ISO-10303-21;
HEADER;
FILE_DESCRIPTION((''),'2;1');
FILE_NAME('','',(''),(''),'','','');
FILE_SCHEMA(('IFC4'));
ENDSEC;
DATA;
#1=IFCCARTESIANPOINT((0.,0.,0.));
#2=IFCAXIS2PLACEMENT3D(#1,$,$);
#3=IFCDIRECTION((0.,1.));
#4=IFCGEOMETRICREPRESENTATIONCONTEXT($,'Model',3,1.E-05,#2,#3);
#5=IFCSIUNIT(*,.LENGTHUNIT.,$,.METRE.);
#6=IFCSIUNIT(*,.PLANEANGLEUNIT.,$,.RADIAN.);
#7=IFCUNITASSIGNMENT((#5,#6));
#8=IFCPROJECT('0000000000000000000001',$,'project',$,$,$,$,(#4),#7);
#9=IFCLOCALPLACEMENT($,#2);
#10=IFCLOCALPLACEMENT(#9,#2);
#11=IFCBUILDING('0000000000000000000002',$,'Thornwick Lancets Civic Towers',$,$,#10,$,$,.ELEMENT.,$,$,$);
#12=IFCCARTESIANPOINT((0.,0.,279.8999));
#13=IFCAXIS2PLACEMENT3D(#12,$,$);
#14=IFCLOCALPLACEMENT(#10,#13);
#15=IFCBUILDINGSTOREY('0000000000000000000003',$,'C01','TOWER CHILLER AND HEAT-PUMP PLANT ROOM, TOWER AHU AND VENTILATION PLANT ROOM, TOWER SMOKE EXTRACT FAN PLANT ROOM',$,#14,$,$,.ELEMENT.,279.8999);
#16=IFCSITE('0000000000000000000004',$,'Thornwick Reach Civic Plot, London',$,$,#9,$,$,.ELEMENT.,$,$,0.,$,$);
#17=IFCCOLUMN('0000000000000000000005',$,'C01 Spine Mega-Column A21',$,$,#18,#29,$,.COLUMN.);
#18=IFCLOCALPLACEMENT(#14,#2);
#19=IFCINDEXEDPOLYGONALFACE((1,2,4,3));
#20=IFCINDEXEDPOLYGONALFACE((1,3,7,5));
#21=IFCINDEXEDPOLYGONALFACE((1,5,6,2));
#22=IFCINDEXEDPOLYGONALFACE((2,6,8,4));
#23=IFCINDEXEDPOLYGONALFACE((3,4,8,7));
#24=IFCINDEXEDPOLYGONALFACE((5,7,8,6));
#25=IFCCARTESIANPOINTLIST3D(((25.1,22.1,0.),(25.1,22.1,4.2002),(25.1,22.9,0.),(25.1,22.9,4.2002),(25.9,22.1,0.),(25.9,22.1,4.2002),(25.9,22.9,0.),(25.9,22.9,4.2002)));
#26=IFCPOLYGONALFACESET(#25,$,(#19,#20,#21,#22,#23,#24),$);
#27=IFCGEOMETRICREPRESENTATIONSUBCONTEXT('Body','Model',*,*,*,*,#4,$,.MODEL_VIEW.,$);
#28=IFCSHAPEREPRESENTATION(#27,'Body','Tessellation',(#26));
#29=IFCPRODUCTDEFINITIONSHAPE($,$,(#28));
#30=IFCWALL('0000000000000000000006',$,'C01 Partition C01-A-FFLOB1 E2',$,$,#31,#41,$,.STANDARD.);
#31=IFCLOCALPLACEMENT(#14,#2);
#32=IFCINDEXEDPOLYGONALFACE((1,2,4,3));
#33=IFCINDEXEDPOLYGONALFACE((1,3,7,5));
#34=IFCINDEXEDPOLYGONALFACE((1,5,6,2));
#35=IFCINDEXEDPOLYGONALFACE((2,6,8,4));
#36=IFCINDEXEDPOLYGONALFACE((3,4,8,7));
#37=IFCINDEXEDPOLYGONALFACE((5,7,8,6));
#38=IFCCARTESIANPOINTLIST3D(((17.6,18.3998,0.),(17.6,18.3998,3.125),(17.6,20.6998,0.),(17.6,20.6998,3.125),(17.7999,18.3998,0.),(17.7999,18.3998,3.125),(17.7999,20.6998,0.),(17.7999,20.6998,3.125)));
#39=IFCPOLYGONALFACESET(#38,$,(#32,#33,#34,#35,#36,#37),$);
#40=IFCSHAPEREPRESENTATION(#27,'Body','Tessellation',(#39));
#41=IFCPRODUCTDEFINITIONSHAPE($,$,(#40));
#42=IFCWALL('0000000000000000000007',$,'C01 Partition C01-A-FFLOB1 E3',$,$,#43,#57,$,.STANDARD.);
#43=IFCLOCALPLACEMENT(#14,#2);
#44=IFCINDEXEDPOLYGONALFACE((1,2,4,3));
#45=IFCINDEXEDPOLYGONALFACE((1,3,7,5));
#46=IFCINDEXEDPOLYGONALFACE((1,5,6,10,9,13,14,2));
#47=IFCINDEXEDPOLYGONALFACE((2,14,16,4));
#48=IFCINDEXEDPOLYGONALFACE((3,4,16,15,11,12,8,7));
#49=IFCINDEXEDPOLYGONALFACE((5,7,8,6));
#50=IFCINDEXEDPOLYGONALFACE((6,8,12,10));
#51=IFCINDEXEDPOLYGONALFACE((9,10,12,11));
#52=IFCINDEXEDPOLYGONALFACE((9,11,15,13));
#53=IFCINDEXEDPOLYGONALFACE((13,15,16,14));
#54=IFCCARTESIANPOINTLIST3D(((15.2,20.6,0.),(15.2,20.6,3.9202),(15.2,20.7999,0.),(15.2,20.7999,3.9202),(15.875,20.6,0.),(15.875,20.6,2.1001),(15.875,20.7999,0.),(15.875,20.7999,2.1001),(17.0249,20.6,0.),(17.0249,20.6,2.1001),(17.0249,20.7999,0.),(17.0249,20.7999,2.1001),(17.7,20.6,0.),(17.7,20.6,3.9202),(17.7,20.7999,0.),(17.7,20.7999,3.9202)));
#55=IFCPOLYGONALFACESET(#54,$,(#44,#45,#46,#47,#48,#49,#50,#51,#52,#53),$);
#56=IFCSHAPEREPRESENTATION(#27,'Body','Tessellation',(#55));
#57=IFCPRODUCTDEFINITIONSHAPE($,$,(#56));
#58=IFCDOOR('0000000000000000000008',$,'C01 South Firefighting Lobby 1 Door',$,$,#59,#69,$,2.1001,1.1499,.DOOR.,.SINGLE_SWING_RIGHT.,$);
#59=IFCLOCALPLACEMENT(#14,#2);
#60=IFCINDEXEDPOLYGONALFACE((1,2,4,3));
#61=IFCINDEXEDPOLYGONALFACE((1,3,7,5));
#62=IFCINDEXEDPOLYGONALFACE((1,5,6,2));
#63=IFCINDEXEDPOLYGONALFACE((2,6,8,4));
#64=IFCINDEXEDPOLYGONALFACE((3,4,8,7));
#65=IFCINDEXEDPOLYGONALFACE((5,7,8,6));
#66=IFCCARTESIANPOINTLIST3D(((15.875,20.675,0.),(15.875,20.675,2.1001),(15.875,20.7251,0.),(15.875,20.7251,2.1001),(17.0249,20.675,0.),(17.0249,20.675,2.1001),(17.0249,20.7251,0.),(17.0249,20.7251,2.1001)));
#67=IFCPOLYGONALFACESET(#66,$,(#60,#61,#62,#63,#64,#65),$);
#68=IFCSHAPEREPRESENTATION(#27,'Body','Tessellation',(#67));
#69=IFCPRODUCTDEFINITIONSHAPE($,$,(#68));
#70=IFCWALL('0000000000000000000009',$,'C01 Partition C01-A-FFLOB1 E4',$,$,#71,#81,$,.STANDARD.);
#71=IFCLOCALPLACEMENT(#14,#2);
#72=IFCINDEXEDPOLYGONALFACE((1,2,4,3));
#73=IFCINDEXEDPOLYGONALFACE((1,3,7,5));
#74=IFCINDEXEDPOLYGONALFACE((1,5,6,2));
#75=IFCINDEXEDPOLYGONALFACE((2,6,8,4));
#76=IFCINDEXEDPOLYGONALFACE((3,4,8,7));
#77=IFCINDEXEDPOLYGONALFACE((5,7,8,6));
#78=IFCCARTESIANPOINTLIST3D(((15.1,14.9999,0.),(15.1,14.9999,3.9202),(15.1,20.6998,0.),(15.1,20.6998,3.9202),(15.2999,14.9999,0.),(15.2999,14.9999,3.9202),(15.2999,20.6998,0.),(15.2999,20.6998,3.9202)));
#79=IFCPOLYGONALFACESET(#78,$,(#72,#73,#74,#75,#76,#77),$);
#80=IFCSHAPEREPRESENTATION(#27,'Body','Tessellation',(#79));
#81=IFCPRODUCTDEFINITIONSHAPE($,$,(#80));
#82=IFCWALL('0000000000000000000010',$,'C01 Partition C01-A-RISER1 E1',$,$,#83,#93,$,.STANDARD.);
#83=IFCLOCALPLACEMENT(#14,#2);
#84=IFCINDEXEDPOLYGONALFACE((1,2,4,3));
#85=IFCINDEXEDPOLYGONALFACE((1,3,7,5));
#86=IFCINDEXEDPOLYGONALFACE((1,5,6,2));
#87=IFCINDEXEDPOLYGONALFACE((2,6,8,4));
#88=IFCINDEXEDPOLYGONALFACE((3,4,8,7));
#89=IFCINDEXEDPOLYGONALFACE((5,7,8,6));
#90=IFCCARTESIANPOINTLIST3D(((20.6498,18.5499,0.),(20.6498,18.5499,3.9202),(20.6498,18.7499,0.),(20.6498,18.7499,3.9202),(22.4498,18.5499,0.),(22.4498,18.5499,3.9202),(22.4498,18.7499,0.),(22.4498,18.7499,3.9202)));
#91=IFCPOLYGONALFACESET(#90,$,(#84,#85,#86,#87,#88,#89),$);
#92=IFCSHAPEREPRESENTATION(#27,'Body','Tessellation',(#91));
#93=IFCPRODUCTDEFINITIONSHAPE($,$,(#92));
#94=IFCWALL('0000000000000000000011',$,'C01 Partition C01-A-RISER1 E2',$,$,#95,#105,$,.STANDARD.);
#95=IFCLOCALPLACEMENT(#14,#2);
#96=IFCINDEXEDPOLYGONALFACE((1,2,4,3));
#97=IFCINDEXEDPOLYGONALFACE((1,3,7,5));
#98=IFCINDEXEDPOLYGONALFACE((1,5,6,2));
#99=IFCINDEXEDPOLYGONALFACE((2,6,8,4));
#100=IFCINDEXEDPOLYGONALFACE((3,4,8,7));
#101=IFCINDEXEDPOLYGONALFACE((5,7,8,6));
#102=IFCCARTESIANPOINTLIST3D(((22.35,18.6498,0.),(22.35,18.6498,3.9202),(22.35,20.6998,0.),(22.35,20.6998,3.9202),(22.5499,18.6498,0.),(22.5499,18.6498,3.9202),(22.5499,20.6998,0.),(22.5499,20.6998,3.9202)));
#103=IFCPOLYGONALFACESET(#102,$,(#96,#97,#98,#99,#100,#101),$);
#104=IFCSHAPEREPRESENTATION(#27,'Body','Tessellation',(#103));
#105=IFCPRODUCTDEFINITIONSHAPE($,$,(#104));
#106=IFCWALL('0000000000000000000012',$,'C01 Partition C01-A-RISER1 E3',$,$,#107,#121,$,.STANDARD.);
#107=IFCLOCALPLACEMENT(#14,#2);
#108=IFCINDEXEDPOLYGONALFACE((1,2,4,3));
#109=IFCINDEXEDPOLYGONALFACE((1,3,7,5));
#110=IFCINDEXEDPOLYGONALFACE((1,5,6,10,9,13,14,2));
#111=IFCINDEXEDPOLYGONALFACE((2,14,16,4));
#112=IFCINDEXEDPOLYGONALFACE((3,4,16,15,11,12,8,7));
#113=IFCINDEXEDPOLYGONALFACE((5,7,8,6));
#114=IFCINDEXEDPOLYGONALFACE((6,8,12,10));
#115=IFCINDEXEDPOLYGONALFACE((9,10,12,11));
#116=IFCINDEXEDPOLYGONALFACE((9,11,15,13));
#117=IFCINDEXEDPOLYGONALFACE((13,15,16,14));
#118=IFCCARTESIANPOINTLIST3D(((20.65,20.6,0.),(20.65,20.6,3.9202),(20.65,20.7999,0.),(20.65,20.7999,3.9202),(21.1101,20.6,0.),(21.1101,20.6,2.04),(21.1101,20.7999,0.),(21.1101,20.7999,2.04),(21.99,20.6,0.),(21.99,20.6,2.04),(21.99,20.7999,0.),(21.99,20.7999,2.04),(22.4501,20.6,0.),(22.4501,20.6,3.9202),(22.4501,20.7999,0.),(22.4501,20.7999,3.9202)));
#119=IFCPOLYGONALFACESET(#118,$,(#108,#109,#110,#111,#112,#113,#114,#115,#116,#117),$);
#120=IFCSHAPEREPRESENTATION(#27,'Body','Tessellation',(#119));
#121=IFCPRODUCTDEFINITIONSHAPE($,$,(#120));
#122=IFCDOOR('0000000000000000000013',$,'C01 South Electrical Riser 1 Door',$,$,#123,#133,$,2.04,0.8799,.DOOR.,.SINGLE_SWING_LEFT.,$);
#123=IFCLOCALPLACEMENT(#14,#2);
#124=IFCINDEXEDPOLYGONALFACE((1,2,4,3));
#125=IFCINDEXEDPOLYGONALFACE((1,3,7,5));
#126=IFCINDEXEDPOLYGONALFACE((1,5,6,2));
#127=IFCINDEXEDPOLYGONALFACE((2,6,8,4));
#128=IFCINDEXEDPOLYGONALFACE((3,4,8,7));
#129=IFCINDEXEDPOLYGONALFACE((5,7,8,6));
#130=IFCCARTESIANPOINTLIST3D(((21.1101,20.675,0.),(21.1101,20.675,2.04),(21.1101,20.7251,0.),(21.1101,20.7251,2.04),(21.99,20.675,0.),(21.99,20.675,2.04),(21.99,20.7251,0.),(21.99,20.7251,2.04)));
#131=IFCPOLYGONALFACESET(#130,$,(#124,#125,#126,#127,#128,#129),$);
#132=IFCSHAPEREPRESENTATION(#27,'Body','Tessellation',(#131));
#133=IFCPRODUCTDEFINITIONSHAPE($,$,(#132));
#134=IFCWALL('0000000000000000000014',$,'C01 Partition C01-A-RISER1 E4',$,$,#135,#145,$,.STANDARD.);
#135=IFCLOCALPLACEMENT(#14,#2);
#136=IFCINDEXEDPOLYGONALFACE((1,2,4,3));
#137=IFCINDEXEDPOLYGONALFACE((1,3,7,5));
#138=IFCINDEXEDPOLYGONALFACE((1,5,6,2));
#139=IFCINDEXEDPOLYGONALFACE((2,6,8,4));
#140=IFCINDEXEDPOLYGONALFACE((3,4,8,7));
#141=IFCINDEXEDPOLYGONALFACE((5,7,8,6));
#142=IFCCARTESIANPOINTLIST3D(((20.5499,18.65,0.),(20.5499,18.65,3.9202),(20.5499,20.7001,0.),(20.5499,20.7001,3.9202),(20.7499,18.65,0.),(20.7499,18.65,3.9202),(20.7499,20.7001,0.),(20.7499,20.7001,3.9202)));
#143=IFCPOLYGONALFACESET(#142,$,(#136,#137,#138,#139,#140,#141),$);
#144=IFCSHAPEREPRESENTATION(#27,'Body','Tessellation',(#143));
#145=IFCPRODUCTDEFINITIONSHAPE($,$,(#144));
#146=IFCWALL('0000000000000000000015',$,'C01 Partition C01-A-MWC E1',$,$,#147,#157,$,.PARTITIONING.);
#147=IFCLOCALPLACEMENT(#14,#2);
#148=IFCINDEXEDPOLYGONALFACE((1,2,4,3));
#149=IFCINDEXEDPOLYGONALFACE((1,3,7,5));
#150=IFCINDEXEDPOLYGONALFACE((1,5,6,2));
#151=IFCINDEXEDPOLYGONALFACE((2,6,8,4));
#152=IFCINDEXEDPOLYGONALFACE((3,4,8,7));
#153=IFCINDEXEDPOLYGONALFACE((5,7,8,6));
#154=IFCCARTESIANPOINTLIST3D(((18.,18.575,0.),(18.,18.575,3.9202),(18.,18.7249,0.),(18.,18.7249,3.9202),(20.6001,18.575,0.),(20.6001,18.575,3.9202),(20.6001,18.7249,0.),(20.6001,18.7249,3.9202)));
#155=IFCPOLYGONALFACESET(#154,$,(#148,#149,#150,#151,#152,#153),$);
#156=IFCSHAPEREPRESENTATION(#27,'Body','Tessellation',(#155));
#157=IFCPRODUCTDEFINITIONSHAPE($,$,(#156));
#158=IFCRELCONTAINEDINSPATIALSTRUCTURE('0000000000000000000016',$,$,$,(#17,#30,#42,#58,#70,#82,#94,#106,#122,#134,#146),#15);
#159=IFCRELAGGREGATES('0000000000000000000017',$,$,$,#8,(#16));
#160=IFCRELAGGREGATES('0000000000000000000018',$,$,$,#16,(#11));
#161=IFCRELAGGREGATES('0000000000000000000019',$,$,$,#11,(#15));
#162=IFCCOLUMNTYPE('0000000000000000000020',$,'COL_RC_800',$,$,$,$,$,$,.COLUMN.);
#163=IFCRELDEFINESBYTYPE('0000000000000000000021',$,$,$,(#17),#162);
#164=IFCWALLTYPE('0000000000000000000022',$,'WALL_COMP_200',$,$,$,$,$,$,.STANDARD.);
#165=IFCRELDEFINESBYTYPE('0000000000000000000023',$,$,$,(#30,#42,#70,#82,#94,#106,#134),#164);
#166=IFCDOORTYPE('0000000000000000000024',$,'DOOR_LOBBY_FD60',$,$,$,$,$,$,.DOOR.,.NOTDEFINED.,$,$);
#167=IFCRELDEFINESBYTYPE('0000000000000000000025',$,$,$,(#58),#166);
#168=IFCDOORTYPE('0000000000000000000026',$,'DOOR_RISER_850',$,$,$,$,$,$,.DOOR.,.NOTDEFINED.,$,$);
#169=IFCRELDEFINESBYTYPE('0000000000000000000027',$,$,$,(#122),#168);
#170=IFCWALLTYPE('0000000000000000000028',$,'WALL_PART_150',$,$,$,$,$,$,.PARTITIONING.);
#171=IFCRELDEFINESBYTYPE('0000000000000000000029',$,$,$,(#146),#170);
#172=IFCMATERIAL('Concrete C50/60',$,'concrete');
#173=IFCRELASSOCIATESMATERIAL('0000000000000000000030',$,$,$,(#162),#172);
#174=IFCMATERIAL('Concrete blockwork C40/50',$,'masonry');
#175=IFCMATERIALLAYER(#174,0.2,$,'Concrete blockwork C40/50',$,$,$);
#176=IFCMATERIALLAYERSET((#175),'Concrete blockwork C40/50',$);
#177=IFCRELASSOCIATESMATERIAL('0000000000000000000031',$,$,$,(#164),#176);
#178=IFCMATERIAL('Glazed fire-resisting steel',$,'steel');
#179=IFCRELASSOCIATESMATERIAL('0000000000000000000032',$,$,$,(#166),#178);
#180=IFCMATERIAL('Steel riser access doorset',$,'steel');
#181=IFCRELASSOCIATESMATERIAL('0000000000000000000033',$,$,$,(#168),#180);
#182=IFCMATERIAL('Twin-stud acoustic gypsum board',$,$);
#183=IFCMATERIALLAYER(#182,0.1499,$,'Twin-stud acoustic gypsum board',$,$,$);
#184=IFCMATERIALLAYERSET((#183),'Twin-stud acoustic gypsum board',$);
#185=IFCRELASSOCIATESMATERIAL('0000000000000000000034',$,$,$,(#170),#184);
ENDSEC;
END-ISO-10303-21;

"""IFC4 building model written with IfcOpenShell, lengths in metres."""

from ifc_helpers import new_model, si_unit, direction, frame, frame_2d, origin, origin_2d, place, context, subcontext, project, spatial, rectangle, extrude, material, layer, layer_set, material_profile, profile_set, type_object, element, fill, save


model = new_model("IFC4")

# Units and contexts
model_context = context("Model", 3, precision=1e-05, world=origin(), true_north=direction((0.0, 1.0)))
body_context = subcontext(model_context, "Body", "Model", "MODEL_VIEW")
ifc_project = project(units=[si_unit("LENGTHUNIT", "METRE"), si_unit("PLANEANGLEUNIT", "RADIAN")], contexts=[model_context])

# Site, building, storey
site_placement = place(None, origin())
site = spatial("IfcSite", under=ifc_project, at=site_placement, Name="Thornwick Reach Civic Plot, London", CompositionType="ELEMENT", RefElevation=0.0)
building_placement = place(site_placement, origin())
building = spatial("IfcBuilding", under=site, at=building_placement, Name="Thornwick Lancets Civic Towers", CompositionType="ELEMENT")
storey_placement = place(building_placement, frame((0.0, 0.0, 279.8999)))
storey = spatial("IfcBuildingStorey", under=building, at=storey_placement, Name="C01", Description="TOWER CHILLER AND HEAT-PUMP PLANT ROOM, TOWER AHU AND VENTILATION PLANT ROOM, TOWER SMOKE EXTRACT FAN PLANT ROOM", CompositionType="ELEMENT", Elevation=279.8999)

# Column
ifc_material_1 = material(Name="Concrete C50/60", Category="concrete")
ifc_material_profile = material_profile(ifc_material_1, rectangle(XDim=0.8, YDim=0.8, at=origin_2d()), Name="RC 800x800")
ifc_profile_set = profile_set([ifc_material_profile], Name="Concrete C50/60")
column_type = type_object("IfcColumnType", Name="COL_RC_800", PredefinedType="COLUMN", material=ifc_profile_set)
column_placement = place(storey_placement, frame((25.5, 22.5, 0.0), z_axis=(0.0, 0.0, 1.0), x_axis=(1.0, 0.0, 0.0)))
element("IfcColumn", 1, at=column_placement, inside=storey, type_object=column_type, Name="C01 Spine Mega-Column A21", PredefinedType="COLUMN", context=body_context, shape_type="SweptSolid", body=[
    extrude(rectangle(XDim=0.8, YDim=0.8, at=origin_2d()), origin(), (0.0, 0.0, 1.0), 4.2002),
])

# Wall
ifc_material_2 = material(Name="Concrete blockwork C40/50", Category="masonry")
ifc_layer_1 = layer(ifc_material_2, 0.2, Name="Concrete blockwork C40/50")
ifc_layer_set_1 = layer_set([ifc_layer_1], Name="Concrete blockwork C40/50")
wall_type_1 = type_object("IfcWallType", Name="WALL_COMP_200", PredefinedType="STANDARD", material=ifc_layer_set_1)
wall_1_placement = place(storey_placement, frame((17.7, 18.3999, 0.0), z_axis=(0.0, 0.0, 1.0), x_axis=(0.0, 1.0, 0.0)))
element("IfcWall", 2, at=wall_1_placement, inside=storey, type_object=wall_type_1, Name="C01 Partition C01-A-FFLOB1 E2", PredefinedType="STANDARD", context=body_context, shape_type="SweptSolid", body=[
    extrude(rectangle(XDim=2.3, YDim=0.2, at=frame_2d((1.1499, 0.0))), origin(), (0.0, 0.0, 1.0), 3.125),
])

# Wall, opening, door
wall_2_placement = place(storey_placement, frame((17.7, 20.7, 0.0), z_axis=(0.0, 0.0, 1.0), x_axis=(-1.0, 0.0, 0.0)))
wall_2 = element("IfcWall", 3, at=wall_2_placement, inside=storey, type_object=wall_type_1, Name="C01 Partition C01-A-FFLOB1 E3", PredefinedType="STANDARD", context=body_context, shape_type="SweptSolid", body=[
    extrude(rectangle(XDim=2.5, YDim=0.2, at=frame_2d((1.25, 0.0))), origin(), (0.0, 0.0, 1.0), 3.9202),
])
opening_1_placement = place(wall_2_placement, frame((0.675, 0.0, 0.0)))
opening_1 = element("IfcOpeningElement", 4, at=opening_1_placement, cuts=wall_2, PredefinedType="OPENING", context=body_context, shape_type="SweptSolid", body=[
    extrude(rectangle(XDim=1.1499, YDim=2.1001, at=frame_2d((0.575, 1.05))), frame((0.0, 0.1099, 0.0), z_axis=(0.0, -1.0, 0.0), x_axis=(1.0, 0.0, 0.0)), (0.0, 0.0, 1.0), 0.22),
])
ifc_material_3 = material(Name="Glazed fire-resisting steel", Category="steel")
door_type_1 = type_object("IfcDoorType", Name="DOOR_LOBBY_FD60", OperationType="NOTDEFINED", PredefinedType="DOOR", material=ifc_material_3)
door_1_placement = place(opening_1_placement, origin())
door_1 = element("IfcDoor", 5, at=door_1_placement, inside=storey, type_object=door_type_1, Name="C01 South Firefighting Lobby 1 Door", OperationType="SINGLE_SWING_RIGHT", OverallHeight=2.1001, OverallWidth=1.1499, PredefinedType="DOOR", context=body_context, shape_type="SweptSolid", body=[
    extrude(rectangle(XDim=1.1499, YDim=2.1001, at=frame_2d((0.575, 1.05))), frame((0.0, 0.0249, 0.0), z_axis=(0.0, -1.0, 0.0), x_axis=(1.0, 0.0, 0.0)), (0.0, 0.0, 1.0), 0.05),
])
fill(opening_1, door_1)

# Walls
wall_3_placement = place(storey_placement, frame((15.2, 20.7, 0.0), z_axis=(0.0, 0.0, 1.0), x_axis=(0.0, -1.0, 0.0)))
element("IfcWall", 6, at=wall_3_placement, inside=storey, type_object=wall_type_1, Name="C01 Partition C01-A-FFLOB1 E4", PredefinedType="STANDARD", context=body_context, shape_type="SweptSolid", body=[
    extrude(rectangle(XDim=5.7, YDim=0.2, at=frame_2d((2.8501, 0.0))), origin(), (0.0, 0.0, 1.0), 3.9202),
])
wall_4_placement = place(storey_placement, frame((20.6499, 18.6499, 0.0), z_axis=(0.0, 0.0, 1.0), x_axis=(1.0, 0.0, 0.0)))
element("IfcWall", 7, at=wall_4_placement, inside=storey, type_object=wall_type_1, Name="C01 Partition C01-A-RISER1 E1", PredefinedType="STANDARD", context=body_context, shape_type="SweptSolid", body=[
    extrude(rectangle(XDim=1.8, YDim=0.2, at=frame_2d((0.8999, 0.0))), origin(), (0.0, 0.0, 1.0), 3.9202),
])
wall_5_placement = place(storey_placement, frame((22.45, 18.6499, 0.0), z_axis=(0.0, 0.0, 1.0), x_axis=(0.0, 1.0, 0.0)))
element("IfcWall", 8, at=wall_5_placement, inside=storey, type_object=wall_type_1, Name="C01 Partition C01-A-RISER1 E2", PredefinedType="STANDARD", context=body_context, shape_type="SweptSolid", body=[
    extrude(rectangle(XDim=2.05, YDim=0.2, at=frame_2d((1.0249, 0.0))), origin(), (0.0, 0.0, 1.0), 3.9202),
])

# Wall, opening, door
wall_6_placement = place(storey_placement, frame((22.45, 20.7, 0.0), z_axis=(0.0, 0.0, 1.0), x_axis=(-1.0, 0.0, 0.0)))
wall_6 = element("IfcWall", 9, at=wall_6_placement, inside=storey, type_object=wall_type_1, Name="C01 Partition C01-A-RISER1 E3", PredefinedType="STANDARD", context=body_context, shape_type="SweptSolid", body=[
    extrude(rectangle(XDim=1.8, YDim=0.2, at=frame_2d((0.8999, 0.0))), origin(), (0.0, 0.0, 1.0), 3.9202),
])
opening_2_placement = place(wall_6_placement, frame((0.46, 0.0, 0.0)))
opening_2 = element("IfcOpeningElement", 10, at=opening_2_placement, cuts=wall_6, PredefinedType="OPENING", context=body_context, shape_type="SweptSolid", body=[
    extrude(rectangle(XDim=0.8799, YDim=2.04, at=frame_2d((0.4399, 1.02))), frame((0.0, 0.1099, 0.0), z_axis=(0.0, -1.0, 0.0), x_axis=(1.0, 0.0, 0.0)), (0.0, 0.0, 1.0), 0.22),
])
ifc_material_4 = material(Name="Steel riser access doorset", Category="steel")
door_type_2 = type_object("IfcDoorType", Name="DOOR_RISER_850", OperationType="NOTDEFINED", PredefinedType="DOOR", material=ifc_material_4)
door_2_placement = place(opening_2_placement, origin())
door_2 = element("IfcDoor", 11, at=door_2_placement, inside=storey, type_object=door_type_2, Name="C01 South Electrical Riser 1 Door", OperationType="SINGLE_SWING_LEFT", OverallHeight=2.04, OverallWidth=0.8799, PredefinedType="DOOR", context=body_context, shape_type="SweptSolid", body=[
    extrude(rectangle(XDim=0.8799, YDim=2.04, at=frame_2d((0.4399, 1.02))), frame((0.0, 0.0249, 0.0), z_axis=(0.0, -1.0, 0.0), x_axis=(1.0, 0.0, 0.0)), (0.0, 0.0, 1.0), 0.05),
])
fill(opening_2, door_2)

# Walls
wall_7_placement = place(storey_placement, frame((20.6499, 20.7, 0.0), z_axis=(0.0, 0.0, 1.0), x_axis=(0.0, -1.0, 0.0)))
element("IfcWall", 12, at=wall_7_placement, inside=storey, type_object=wall_type_1, Name="C01 Partition C01-A-RISER1 E4", PredefinedType="STANDARD", context=body_context, shape_type="SweptSolid", body=[
    extrude(rectangle(XDim=2.05, YDim=0.2, at=frame_2d((1.0249, 0.0))), origin(), (0.0, 0.0, 1.0), 3.9202),
])
ifc_material_5 = material(Name="Twin-stud acoustic gypsum board")
ifc_layer_2 = layer(ifc_material_5, 0.1499, Name="Twin-stud acoustic gypsum board")
ifc_layer_set_2 = layer_set([ifc_layer_2], Name="Twin-stud acoustic gypsum board")
wall_type_2 = type_object("IfcWallType", Name="WALL_PART_150", PredefinedType="PARTITIONING", material=ifc_layer_set_2)
wall_8_placement = place(storey_placement, frame((18.0, 18.6499, 0.0), z_axis=(0.0, 0.0, 1.0), x_axis=(1.0, 0.0, 0.0)))
element("IfcWall", 13, at=wall_8_placement, inside=storey, type_object=wall_type_2, Name="C01 Partition C01-A-MWC E1", PredefinedType="PARTITIONING", context=body_context, shape_type="SweptSolid", body=[
    extrude(rectangle(XDim=2.6001, YDim=0.1499, at=frame_2d((1.3, 0.0))), origin(), (0.0, 0.0, 1.0), 3.9202),
])

save(model, "model.ifc")
